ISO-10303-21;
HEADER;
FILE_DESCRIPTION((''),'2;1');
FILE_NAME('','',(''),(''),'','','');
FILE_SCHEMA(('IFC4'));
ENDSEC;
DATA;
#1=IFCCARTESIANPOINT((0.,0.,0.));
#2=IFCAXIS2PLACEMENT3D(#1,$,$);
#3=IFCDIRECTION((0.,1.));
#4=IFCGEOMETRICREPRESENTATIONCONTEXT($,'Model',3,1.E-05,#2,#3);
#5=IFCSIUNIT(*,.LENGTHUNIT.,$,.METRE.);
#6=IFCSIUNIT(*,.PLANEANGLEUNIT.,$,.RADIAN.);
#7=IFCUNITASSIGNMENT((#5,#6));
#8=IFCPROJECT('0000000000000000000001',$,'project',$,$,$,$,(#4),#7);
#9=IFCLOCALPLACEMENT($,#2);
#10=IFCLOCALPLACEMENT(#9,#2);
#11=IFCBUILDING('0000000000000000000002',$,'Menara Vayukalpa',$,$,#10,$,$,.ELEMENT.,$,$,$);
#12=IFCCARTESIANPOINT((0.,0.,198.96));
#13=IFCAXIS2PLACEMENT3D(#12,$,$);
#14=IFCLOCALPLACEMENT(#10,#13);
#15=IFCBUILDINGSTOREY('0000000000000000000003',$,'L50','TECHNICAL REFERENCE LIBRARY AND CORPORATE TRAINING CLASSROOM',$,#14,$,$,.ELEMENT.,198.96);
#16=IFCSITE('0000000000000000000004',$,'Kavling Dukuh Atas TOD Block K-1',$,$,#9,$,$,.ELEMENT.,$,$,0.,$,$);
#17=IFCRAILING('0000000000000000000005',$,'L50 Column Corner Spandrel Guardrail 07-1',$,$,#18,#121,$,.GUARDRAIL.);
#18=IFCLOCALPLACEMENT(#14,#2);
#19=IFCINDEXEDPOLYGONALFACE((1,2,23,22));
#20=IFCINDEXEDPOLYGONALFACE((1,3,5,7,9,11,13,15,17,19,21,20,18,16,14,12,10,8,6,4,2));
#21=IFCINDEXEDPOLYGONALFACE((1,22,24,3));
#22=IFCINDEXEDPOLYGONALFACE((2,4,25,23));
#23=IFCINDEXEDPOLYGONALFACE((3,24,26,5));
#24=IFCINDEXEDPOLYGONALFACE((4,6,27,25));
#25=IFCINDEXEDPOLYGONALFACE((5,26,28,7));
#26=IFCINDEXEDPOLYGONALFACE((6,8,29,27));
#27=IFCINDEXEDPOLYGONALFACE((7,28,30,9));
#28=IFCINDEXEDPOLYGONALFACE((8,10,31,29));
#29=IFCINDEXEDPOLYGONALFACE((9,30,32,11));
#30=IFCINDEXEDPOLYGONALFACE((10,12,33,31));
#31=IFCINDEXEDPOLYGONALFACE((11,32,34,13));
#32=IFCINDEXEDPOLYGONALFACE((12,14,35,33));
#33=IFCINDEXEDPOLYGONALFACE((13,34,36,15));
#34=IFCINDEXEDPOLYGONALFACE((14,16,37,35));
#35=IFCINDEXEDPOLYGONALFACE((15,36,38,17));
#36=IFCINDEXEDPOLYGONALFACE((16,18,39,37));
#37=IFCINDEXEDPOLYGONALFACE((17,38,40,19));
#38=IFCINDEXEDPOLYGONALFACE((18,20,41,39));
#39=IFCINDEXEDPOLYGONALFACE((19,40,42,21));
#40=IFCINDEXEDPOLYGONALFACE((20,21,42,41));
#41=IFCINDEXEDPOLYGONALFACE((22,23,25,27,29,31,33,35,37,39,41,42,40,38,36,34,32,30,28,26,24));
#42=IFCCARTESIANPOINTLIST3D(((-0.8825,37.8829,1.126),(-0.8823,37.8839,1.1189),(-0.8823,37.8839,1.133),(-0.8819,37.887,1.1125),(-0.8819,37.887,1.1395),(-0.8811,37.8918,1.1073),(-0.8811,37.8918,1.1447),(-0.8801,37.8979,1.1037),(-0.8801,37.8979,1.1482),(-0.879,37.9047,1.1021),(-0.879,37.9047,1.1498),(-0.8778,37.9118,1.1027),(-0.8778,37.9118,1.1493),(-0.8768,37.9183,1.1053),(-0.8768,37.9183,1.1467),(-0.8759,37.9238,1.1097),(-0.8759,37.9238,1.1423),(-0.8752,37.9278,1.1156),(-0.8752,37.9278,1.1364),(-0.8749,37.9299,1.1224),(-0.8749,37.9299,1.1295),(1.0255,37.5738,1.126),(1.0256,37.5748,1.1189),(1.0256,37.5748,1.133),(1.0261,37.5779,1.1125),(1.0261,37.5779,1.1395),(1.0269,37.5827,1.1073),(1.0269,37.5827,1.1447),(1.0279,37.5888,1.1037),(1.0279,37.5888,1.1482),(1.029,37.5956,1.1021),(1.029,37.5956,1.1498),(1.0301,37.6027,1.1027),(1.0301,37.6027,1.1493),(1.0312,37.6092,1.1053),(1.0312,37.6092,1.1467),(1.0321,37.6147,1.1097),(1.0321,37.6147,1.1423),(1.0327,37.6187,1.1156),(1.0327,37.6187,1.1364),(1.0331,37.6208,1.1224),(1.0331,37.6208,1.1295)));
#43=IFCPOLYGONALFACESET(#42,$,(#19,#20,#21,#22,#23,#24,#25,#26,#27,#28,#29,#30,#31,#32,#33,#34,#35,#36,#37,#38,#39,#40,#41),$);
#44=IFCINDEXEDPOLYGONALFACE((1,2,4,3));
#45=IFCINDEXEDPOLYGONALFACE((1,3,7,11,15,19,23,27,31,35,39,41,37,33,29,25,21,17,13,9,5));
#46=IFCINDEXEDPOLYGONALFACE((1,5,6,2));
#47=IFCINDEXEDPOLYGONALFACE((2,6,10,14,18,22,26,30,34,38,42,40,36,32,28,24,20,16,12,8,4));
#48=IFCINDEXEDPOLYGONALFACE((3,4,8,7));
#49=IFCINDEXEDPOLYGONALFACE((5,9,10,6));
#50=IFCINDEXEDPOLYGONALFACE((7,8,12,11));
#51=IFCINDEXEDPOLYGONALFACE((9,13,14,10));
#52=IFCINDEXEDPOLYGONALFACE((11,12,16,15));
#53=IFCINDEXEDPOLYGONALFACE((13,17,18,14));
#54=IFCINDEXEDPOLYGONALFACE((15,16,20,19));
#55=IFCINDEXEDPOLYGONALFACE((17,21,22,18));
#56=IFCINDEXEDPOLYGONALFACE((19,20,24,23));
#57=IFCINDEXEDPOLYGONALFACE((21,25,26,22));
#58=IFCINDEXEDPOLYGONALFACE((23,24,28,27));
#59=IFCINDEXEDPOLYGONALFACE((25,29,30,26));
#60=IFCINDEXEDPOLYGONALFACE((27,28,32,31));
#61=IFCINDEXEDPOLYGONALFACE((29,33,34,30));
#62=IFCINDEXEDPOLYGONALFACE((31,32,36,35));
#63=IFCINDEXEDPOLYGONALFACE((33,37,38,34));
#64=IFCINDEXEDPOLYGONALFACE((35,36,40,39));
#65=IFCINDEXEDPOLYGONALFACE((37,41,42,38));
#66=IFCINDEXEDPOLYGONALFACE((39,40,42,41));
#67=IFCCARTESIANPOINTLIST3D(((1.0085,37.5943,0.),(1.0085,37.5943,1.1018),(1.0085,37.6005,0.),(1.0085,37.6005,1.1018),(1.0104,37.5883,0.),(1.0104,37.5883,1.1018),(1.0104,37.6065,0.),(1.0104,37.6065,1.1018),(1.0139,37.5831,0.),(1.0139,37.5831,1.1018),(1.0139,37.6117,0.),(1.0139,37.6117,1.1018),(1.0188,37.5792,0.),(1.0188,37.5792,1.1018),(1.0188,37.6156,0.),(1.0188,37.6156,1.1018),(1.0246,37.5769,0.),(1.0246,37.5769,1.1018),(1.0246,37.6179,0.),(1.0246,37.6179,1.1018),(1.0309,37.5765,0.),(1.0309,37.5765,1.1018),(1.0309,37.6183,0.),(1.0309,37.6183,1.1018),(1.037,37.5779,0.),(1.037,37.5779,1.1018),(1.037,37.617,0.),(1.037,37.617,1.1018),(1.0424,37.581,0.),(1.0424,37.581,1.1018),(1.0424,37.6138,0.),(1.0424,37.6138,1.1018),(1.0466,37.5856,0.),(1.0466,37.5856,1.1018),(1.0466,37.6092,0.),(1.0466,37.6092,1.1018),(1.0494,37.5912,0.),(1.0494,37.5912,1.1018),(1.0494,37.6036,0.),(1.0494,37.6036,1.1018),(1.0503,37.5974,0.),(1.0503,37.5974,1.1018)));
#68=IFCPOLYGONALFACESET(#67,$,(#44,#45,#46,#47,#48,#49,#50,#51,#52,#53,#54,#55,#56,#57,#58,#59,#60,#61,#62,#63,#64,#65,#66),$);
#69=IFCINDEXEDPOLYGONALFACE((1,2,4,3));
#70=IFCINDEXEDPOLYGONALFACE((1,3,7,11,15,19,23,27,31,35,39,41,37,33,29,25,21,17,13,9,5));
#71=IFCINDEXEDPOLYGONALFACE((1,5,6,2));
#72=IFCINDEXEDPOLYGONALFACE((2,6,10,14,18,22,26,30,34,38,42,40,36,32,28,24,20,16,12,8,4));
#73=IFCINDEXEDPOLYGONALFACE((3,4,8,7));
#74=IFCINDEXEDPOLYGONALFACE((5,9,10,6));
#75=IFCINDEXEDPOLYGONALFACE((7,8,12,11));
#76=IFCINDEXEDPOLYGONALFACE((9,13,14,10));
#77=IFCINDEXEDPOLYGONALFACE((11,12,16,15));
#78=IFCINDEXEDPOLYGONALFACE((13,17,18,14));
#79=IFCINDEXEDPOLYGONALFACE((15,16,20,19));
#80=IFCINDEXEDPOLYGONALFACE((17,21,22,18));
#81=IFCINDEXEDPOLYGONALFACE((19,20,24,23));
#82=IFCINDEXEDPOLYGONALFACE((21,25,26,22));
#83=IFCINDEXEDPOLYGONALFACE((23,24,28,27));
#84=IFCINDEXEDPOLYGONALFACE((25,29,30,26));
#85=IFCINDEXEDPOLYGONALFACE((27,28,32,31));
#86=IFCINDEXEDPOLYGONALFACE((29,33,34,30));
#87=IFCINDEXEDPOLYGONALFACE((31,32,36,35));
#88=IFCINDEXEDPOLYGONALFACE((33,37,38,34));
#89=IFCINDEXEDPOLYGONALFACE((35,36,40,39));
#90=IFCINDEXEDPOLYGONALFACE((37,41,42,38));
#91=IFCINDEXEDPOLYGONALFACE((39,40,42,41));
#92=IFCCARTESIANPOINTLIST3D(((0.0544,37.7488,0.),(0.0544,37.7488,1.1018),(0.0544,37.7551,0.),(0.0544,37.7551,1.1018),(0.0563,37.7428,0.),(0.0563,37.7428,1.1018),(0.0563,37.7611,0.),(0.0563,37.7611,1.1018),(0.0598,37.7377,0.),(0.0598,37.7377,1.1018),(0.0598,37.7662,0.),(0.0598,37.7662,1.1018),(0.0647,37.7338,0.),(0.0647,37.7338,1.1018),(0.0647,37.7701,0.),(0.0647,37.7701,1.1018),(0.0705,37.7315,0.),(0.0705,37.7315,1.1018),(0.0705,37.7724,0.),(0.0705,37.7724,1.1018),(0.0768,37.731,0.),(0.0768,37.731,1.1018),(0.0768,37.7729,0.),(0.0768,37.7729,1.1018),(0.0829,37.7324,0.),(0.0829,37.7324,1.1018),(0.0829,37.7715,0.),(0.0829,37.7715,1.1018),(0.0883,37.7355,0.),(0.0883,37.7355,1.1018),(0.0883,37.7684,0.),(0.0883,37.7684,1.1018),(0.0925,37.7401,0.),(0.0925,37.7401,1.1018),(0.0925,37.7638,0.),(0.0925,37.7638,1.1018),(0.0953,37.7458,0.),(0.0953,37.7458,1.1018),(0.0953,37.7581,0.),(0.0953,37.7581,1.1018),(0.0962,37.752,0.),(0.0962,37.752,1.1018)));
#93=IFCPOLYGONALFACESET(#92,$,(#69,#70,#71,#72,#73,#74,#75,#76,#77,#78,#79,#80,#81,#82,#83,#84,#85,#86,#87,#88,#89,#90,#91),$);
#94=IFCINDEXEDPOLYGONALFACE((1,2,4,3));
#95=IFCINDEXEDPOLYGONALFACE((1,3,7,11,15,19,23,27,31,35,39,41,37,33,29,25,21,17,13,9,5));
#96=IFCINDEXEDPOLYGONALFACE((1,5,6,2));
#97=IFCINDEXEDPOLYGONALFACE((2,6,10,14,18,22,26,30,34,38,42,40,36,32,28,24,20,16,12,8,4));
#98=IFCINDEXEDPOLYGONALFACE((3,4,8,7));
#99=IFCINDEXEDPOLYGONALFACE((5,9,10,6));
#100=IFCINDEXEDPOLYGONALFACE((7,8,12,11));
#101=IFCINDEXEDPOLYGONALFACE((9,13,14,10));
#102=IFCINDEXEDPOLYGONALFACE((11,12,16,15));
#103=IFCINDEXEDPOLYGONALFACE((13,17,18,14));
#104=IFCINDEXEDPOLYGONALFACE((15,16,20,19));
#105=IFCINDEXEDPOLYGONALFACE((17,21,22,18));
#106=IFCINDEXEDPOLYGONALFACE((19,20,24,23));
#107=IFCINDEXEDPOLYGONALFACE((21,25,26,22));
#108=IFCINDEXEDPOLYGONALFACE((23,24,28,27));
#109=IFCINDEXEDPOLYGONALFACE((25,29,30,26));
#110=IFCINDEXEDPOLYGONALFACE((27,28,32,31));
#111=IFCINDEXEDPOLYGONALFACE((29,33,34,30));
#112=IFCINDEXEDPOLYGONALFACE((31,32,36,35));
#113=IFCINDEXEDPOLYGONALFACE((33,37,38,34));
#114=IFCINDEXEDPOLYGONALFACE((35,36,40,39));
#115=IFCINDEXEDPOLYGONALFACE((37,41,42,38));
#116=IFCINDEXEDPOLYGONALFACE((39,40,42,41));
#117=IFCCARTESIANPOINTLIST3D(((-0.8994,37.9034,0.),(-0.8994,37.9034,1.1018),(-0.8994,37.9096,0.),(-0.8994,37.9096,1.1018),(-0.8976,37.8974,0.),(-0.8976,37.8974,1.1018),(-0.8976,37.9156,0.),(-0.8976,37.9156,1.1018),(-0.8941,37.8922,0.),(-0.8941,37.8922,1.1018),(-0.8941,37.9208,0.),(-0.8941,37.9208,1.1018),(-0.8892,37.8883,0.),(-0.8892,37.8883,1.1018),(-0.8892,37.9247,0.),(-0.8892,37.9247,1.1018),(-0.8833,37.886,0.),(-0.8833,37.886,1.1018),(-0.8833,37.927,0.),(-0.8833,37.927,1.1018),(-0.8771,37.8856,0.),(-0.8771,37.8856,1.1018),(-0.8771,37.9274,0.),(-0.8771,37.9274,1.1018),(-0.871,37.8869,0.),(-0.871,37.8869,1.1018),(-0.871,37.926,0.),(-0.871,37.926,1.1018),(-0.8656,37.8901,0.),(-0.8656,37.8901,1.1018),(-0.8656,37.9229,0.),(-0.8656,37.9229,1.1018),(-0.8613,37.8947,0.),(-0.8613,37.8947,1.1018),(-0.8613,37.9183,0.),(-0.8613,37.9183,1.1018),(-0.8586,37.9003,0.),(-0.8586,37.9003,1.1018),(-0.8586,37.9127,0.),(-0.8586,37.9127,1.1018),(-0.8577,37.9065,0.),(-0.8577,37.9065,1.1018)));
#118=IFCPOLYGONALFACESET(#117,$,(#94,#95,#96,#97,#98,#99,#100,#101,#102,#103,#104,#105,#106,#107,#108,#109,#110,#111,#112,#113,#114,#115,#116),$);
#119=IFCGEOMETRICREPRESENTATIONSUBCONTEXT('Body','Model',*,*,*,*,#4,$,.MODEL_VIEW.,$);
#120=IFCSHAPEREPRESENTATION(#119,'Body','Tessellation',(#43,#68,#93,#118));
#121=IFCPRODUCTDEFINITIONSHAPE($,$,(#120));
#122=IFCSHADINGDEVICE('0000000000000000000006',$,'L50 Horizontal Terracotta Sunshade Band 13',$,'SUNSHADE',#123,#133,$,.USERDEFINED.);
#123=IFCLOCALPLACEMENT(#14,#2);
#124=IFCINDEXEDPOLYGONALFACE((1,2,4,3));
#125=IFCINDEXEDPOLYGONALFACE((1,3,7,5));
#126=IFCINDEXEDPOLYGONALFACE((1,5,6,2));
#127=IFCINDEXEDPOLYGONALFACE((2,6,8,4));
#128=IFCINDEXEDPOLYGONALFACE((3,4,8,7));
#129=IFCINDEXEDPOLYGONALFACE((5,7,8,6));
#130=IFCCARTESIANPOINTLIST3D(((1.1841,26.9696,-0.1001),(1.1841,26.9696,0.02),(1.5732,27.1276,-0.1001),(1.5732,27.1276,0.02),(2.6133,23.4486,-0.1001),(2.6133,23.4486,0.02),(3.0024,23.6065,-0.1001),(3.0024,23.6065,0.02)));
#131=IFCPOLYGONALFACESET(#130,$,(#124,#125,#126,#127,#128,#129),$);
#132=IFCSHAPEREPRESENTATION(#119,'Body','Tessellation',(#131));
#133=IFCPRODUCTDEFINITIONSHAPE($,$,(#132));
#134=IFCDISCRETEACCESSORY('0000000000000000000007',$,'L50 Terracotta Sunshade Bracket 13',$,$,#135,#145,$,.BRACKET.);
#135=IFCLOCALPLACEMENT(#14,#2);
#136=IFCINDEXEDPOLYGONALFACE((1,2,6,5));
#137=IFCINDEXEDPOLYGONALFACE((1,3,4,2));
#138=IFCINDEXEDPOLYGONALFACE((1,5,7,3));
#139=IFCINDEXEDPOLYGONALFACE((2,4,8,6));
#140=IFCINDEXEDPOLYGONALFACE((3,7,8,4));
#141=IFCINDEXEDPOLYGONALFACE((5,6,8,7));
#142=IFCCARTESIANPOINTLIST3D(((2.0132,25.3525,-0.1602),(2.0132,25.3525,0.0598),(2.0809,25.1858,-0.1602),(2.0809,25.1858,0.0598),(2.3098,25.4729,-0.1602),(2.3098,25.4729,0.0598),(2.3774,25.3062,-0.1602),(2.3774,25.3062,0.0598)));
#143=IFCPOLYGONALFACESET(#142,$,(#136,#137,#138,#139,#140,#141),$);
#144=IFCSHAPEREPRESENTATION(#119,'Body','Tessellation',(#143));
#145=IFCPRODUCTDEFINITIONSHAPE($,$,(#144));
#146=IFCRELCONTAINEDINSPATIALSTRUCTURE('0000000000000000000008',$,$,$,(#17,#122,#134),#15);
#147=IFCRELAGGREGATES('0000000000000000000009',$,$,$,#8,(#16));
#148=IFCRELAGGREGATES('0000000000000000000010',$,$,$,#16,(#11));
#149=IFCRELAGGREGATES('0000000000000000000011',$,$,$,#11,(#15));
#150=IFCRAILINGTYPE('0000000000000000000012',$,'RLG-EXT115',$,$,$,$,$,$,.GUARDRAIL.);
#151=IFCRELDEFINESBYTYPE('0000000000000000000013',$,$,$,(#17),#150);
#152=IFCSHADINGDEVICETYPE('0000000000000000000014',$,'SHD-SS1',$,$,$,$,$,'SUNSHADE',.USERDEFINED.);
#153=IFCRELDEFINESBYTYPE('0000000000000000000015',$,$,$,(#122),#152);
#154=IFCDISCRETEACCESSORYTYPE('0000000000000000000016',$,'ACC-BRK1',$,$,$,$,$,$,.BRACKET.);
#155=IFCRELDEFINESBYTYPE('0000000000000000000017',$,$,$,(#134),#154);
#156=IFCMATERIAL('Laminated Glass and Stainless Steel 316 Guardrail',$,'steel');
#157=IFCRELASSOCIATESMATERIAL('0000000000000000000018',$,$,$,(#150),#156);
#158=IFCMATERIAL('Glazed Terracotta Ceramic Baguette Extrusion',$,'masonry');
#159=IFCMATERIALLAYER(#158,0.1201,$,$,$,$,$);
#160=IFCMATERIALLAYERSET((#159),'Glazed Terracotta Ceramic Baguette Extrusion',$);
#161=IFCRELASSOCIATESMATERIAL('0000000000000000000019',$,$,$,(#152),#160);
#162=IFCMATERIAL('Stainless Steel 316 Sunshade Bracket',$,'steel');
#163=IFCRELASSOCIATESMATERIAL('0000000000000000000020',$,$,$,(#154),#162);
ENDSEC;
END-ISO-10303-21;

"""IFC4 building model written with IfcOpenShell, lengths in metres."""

from ifc_helpers import new_model, si_unit, direction, frame, origin, origin_2d, place, context, subcontext, project, spatial, rectangle, circle, extrude, material, layer, layer_set, type_object, element, save


model = new_model("IFC4")

# Units and contexts
model_context = context("Model", 3, precision=1e-05, world=origin(), true_north=direction((0.0, 1.0)))
body_context = subcontext(model_context, "Body", "Model", "MODEL_VIEW")
ifc_project = project(units=[si_unit("LENGTHUNIT", "METRE"), si_unit("PLANEANGLEUNIT", "RADIAN")], contexts=[model_context])

# Site, building, storey
site_placement = place(None, origin())
site = spatial("IfcSite", under=ifc_project, at=site_placement, Name="Kavling Dukuh Atas TOD Block K-1", CompositionType="ELEMENT", RefElevation=0.0)
building_placement = place(site_placement, origin())
building = spatial("IfcBuilding", under=site, at=building_placement, Name="Menara Vayukalpa", CompositionType="ELEMENT")
storey_placement = place(building_placement, frame((0.0, 0.0, 198.96)))
storey = spatial("IfcBuildingStorey", under=building, at=storey_placement, Name="L50", Description="TECHNICAL REFERENCE LIBRARY AND CORPORATE TRAINING CLASSROOM", CompositionType="ELEMENT", Elevation=198.96)

# Railing
ifc_material_1 = material(Name="Laminated Glass and Stainless Steel 316 Guardrail", Category="steel")
railing_type = type_object("IfcRailingType", Name="RLG-EXT115", PredefinedType="GUARDRAIL", material=ifc_material_1)
railing_placement = place(storey_placement, frame((1.0293, 37.5974, 0.0)))
element("IfcRailing", 1, at=railing_placement, inside=storey, type_object=railing_type, Name="L50 Column Corner Spandrel Guardrail 07-1", PredefinedType="GUARDRAIL", context=body_context, shape_type="SweptSolid", body=[
    extrude(circle(Radius=0.0239, at=origin_2d()), frame((0.0, 0.0, 1.126), z_axis=(-0.987131, 0.159911, 0.0), x_axis=(-0.159911, -0.987131, 0.0)), (0.0, 0.0, 1.0), 1.9329),
    extrude(circle(Radius=0.021, at=origin_2d()), origin(), (0.0, 0.0, 1.0), 1.1018),
    extrude(circle(Radius=0.021, at=origin_2d()), frame((-0.9541, 0.1545, 0.0)), (0.0, 0.0, 1.0), 1.1018),
    extrude(circle(Radius=0.021, at=origin_2d()), frame((-1.908, 0.3091, 0.0)), (0.0, 0.0, 1.0), 1.1018),
])

# Shading device
ifc_material_2 = material(Name="Glazed Terracotta Ceramic Baguette Extrusion", Category="masonry")
ifc_layer_1 = layer(ifc_material_2, 0.1201)
ifc_layer_set_1 = layer_set([ifc_layer_1], Name="Glazed Terracotta Ceramic Baguette Extrusion")
shading_device_type = type_object("IfcShadingDeviceType", Name="SHD-SS1", ElementType="SUNSHADE", PredefinedType="USERDEFINED", material=ifc_layer_set_1)
shading_device_placement = place(storey_placement, frame((2.0933, 25.2881, -0.1001), z_axis=(0.0, 0.0, 1.0), x_axis=(0.376095, -0.926581, 0.0)))
element("IfcShadingDevice", 2, at=shading_device_placement, inside=storey, type_object=shading_device_type, Name="L50 Horizontal Terracotta Sunshade Band 13", ObjectType="SUNSHADE", PredefinedType="USERDEFINED", context=body_context, shape_type="SweptSolid", body=[
    extrude(rectangle(XDim=3.8, YDim=0.4199, at=origin_2d()), origin(), (0.0, 0.0, 1.0), 0.1201),
])

# Discrete accessory
ifc_material_3 = material(Name="Stainless Steel 316 Sunshade Bracket", Category="steel")
discrete_accessory_type = type_object("IfcDiscreteAccessoryType", Name="ACC-BRK1", PredefinedType="BRACKET", material=ifc_material_3)
discrete_accessory_placement = place(storey_placement, frame((2.1953, 25.3293, -0.1602), z_axis=(0.0, 0.0, 1.0), x_axis=(0.376095, -0.926581, 0.0)))
element("IfcDiscreteAccessory", 3, at=discrete_accessory_placement, inside=storey, type_object=discrete_accessory_type, Name="L50 Terracotta Sunshade Bracket 13", PredefinedType="BRACKET", context=body_context, shape_type="SweptSolid", body=[
    extrude(rectangle(XDim=0.1799, YDim=0.3201, at=origin_2d()), origin(), (0.0, 0.0, 1.0), 0.22),
])

save(model, "model.ifc")
